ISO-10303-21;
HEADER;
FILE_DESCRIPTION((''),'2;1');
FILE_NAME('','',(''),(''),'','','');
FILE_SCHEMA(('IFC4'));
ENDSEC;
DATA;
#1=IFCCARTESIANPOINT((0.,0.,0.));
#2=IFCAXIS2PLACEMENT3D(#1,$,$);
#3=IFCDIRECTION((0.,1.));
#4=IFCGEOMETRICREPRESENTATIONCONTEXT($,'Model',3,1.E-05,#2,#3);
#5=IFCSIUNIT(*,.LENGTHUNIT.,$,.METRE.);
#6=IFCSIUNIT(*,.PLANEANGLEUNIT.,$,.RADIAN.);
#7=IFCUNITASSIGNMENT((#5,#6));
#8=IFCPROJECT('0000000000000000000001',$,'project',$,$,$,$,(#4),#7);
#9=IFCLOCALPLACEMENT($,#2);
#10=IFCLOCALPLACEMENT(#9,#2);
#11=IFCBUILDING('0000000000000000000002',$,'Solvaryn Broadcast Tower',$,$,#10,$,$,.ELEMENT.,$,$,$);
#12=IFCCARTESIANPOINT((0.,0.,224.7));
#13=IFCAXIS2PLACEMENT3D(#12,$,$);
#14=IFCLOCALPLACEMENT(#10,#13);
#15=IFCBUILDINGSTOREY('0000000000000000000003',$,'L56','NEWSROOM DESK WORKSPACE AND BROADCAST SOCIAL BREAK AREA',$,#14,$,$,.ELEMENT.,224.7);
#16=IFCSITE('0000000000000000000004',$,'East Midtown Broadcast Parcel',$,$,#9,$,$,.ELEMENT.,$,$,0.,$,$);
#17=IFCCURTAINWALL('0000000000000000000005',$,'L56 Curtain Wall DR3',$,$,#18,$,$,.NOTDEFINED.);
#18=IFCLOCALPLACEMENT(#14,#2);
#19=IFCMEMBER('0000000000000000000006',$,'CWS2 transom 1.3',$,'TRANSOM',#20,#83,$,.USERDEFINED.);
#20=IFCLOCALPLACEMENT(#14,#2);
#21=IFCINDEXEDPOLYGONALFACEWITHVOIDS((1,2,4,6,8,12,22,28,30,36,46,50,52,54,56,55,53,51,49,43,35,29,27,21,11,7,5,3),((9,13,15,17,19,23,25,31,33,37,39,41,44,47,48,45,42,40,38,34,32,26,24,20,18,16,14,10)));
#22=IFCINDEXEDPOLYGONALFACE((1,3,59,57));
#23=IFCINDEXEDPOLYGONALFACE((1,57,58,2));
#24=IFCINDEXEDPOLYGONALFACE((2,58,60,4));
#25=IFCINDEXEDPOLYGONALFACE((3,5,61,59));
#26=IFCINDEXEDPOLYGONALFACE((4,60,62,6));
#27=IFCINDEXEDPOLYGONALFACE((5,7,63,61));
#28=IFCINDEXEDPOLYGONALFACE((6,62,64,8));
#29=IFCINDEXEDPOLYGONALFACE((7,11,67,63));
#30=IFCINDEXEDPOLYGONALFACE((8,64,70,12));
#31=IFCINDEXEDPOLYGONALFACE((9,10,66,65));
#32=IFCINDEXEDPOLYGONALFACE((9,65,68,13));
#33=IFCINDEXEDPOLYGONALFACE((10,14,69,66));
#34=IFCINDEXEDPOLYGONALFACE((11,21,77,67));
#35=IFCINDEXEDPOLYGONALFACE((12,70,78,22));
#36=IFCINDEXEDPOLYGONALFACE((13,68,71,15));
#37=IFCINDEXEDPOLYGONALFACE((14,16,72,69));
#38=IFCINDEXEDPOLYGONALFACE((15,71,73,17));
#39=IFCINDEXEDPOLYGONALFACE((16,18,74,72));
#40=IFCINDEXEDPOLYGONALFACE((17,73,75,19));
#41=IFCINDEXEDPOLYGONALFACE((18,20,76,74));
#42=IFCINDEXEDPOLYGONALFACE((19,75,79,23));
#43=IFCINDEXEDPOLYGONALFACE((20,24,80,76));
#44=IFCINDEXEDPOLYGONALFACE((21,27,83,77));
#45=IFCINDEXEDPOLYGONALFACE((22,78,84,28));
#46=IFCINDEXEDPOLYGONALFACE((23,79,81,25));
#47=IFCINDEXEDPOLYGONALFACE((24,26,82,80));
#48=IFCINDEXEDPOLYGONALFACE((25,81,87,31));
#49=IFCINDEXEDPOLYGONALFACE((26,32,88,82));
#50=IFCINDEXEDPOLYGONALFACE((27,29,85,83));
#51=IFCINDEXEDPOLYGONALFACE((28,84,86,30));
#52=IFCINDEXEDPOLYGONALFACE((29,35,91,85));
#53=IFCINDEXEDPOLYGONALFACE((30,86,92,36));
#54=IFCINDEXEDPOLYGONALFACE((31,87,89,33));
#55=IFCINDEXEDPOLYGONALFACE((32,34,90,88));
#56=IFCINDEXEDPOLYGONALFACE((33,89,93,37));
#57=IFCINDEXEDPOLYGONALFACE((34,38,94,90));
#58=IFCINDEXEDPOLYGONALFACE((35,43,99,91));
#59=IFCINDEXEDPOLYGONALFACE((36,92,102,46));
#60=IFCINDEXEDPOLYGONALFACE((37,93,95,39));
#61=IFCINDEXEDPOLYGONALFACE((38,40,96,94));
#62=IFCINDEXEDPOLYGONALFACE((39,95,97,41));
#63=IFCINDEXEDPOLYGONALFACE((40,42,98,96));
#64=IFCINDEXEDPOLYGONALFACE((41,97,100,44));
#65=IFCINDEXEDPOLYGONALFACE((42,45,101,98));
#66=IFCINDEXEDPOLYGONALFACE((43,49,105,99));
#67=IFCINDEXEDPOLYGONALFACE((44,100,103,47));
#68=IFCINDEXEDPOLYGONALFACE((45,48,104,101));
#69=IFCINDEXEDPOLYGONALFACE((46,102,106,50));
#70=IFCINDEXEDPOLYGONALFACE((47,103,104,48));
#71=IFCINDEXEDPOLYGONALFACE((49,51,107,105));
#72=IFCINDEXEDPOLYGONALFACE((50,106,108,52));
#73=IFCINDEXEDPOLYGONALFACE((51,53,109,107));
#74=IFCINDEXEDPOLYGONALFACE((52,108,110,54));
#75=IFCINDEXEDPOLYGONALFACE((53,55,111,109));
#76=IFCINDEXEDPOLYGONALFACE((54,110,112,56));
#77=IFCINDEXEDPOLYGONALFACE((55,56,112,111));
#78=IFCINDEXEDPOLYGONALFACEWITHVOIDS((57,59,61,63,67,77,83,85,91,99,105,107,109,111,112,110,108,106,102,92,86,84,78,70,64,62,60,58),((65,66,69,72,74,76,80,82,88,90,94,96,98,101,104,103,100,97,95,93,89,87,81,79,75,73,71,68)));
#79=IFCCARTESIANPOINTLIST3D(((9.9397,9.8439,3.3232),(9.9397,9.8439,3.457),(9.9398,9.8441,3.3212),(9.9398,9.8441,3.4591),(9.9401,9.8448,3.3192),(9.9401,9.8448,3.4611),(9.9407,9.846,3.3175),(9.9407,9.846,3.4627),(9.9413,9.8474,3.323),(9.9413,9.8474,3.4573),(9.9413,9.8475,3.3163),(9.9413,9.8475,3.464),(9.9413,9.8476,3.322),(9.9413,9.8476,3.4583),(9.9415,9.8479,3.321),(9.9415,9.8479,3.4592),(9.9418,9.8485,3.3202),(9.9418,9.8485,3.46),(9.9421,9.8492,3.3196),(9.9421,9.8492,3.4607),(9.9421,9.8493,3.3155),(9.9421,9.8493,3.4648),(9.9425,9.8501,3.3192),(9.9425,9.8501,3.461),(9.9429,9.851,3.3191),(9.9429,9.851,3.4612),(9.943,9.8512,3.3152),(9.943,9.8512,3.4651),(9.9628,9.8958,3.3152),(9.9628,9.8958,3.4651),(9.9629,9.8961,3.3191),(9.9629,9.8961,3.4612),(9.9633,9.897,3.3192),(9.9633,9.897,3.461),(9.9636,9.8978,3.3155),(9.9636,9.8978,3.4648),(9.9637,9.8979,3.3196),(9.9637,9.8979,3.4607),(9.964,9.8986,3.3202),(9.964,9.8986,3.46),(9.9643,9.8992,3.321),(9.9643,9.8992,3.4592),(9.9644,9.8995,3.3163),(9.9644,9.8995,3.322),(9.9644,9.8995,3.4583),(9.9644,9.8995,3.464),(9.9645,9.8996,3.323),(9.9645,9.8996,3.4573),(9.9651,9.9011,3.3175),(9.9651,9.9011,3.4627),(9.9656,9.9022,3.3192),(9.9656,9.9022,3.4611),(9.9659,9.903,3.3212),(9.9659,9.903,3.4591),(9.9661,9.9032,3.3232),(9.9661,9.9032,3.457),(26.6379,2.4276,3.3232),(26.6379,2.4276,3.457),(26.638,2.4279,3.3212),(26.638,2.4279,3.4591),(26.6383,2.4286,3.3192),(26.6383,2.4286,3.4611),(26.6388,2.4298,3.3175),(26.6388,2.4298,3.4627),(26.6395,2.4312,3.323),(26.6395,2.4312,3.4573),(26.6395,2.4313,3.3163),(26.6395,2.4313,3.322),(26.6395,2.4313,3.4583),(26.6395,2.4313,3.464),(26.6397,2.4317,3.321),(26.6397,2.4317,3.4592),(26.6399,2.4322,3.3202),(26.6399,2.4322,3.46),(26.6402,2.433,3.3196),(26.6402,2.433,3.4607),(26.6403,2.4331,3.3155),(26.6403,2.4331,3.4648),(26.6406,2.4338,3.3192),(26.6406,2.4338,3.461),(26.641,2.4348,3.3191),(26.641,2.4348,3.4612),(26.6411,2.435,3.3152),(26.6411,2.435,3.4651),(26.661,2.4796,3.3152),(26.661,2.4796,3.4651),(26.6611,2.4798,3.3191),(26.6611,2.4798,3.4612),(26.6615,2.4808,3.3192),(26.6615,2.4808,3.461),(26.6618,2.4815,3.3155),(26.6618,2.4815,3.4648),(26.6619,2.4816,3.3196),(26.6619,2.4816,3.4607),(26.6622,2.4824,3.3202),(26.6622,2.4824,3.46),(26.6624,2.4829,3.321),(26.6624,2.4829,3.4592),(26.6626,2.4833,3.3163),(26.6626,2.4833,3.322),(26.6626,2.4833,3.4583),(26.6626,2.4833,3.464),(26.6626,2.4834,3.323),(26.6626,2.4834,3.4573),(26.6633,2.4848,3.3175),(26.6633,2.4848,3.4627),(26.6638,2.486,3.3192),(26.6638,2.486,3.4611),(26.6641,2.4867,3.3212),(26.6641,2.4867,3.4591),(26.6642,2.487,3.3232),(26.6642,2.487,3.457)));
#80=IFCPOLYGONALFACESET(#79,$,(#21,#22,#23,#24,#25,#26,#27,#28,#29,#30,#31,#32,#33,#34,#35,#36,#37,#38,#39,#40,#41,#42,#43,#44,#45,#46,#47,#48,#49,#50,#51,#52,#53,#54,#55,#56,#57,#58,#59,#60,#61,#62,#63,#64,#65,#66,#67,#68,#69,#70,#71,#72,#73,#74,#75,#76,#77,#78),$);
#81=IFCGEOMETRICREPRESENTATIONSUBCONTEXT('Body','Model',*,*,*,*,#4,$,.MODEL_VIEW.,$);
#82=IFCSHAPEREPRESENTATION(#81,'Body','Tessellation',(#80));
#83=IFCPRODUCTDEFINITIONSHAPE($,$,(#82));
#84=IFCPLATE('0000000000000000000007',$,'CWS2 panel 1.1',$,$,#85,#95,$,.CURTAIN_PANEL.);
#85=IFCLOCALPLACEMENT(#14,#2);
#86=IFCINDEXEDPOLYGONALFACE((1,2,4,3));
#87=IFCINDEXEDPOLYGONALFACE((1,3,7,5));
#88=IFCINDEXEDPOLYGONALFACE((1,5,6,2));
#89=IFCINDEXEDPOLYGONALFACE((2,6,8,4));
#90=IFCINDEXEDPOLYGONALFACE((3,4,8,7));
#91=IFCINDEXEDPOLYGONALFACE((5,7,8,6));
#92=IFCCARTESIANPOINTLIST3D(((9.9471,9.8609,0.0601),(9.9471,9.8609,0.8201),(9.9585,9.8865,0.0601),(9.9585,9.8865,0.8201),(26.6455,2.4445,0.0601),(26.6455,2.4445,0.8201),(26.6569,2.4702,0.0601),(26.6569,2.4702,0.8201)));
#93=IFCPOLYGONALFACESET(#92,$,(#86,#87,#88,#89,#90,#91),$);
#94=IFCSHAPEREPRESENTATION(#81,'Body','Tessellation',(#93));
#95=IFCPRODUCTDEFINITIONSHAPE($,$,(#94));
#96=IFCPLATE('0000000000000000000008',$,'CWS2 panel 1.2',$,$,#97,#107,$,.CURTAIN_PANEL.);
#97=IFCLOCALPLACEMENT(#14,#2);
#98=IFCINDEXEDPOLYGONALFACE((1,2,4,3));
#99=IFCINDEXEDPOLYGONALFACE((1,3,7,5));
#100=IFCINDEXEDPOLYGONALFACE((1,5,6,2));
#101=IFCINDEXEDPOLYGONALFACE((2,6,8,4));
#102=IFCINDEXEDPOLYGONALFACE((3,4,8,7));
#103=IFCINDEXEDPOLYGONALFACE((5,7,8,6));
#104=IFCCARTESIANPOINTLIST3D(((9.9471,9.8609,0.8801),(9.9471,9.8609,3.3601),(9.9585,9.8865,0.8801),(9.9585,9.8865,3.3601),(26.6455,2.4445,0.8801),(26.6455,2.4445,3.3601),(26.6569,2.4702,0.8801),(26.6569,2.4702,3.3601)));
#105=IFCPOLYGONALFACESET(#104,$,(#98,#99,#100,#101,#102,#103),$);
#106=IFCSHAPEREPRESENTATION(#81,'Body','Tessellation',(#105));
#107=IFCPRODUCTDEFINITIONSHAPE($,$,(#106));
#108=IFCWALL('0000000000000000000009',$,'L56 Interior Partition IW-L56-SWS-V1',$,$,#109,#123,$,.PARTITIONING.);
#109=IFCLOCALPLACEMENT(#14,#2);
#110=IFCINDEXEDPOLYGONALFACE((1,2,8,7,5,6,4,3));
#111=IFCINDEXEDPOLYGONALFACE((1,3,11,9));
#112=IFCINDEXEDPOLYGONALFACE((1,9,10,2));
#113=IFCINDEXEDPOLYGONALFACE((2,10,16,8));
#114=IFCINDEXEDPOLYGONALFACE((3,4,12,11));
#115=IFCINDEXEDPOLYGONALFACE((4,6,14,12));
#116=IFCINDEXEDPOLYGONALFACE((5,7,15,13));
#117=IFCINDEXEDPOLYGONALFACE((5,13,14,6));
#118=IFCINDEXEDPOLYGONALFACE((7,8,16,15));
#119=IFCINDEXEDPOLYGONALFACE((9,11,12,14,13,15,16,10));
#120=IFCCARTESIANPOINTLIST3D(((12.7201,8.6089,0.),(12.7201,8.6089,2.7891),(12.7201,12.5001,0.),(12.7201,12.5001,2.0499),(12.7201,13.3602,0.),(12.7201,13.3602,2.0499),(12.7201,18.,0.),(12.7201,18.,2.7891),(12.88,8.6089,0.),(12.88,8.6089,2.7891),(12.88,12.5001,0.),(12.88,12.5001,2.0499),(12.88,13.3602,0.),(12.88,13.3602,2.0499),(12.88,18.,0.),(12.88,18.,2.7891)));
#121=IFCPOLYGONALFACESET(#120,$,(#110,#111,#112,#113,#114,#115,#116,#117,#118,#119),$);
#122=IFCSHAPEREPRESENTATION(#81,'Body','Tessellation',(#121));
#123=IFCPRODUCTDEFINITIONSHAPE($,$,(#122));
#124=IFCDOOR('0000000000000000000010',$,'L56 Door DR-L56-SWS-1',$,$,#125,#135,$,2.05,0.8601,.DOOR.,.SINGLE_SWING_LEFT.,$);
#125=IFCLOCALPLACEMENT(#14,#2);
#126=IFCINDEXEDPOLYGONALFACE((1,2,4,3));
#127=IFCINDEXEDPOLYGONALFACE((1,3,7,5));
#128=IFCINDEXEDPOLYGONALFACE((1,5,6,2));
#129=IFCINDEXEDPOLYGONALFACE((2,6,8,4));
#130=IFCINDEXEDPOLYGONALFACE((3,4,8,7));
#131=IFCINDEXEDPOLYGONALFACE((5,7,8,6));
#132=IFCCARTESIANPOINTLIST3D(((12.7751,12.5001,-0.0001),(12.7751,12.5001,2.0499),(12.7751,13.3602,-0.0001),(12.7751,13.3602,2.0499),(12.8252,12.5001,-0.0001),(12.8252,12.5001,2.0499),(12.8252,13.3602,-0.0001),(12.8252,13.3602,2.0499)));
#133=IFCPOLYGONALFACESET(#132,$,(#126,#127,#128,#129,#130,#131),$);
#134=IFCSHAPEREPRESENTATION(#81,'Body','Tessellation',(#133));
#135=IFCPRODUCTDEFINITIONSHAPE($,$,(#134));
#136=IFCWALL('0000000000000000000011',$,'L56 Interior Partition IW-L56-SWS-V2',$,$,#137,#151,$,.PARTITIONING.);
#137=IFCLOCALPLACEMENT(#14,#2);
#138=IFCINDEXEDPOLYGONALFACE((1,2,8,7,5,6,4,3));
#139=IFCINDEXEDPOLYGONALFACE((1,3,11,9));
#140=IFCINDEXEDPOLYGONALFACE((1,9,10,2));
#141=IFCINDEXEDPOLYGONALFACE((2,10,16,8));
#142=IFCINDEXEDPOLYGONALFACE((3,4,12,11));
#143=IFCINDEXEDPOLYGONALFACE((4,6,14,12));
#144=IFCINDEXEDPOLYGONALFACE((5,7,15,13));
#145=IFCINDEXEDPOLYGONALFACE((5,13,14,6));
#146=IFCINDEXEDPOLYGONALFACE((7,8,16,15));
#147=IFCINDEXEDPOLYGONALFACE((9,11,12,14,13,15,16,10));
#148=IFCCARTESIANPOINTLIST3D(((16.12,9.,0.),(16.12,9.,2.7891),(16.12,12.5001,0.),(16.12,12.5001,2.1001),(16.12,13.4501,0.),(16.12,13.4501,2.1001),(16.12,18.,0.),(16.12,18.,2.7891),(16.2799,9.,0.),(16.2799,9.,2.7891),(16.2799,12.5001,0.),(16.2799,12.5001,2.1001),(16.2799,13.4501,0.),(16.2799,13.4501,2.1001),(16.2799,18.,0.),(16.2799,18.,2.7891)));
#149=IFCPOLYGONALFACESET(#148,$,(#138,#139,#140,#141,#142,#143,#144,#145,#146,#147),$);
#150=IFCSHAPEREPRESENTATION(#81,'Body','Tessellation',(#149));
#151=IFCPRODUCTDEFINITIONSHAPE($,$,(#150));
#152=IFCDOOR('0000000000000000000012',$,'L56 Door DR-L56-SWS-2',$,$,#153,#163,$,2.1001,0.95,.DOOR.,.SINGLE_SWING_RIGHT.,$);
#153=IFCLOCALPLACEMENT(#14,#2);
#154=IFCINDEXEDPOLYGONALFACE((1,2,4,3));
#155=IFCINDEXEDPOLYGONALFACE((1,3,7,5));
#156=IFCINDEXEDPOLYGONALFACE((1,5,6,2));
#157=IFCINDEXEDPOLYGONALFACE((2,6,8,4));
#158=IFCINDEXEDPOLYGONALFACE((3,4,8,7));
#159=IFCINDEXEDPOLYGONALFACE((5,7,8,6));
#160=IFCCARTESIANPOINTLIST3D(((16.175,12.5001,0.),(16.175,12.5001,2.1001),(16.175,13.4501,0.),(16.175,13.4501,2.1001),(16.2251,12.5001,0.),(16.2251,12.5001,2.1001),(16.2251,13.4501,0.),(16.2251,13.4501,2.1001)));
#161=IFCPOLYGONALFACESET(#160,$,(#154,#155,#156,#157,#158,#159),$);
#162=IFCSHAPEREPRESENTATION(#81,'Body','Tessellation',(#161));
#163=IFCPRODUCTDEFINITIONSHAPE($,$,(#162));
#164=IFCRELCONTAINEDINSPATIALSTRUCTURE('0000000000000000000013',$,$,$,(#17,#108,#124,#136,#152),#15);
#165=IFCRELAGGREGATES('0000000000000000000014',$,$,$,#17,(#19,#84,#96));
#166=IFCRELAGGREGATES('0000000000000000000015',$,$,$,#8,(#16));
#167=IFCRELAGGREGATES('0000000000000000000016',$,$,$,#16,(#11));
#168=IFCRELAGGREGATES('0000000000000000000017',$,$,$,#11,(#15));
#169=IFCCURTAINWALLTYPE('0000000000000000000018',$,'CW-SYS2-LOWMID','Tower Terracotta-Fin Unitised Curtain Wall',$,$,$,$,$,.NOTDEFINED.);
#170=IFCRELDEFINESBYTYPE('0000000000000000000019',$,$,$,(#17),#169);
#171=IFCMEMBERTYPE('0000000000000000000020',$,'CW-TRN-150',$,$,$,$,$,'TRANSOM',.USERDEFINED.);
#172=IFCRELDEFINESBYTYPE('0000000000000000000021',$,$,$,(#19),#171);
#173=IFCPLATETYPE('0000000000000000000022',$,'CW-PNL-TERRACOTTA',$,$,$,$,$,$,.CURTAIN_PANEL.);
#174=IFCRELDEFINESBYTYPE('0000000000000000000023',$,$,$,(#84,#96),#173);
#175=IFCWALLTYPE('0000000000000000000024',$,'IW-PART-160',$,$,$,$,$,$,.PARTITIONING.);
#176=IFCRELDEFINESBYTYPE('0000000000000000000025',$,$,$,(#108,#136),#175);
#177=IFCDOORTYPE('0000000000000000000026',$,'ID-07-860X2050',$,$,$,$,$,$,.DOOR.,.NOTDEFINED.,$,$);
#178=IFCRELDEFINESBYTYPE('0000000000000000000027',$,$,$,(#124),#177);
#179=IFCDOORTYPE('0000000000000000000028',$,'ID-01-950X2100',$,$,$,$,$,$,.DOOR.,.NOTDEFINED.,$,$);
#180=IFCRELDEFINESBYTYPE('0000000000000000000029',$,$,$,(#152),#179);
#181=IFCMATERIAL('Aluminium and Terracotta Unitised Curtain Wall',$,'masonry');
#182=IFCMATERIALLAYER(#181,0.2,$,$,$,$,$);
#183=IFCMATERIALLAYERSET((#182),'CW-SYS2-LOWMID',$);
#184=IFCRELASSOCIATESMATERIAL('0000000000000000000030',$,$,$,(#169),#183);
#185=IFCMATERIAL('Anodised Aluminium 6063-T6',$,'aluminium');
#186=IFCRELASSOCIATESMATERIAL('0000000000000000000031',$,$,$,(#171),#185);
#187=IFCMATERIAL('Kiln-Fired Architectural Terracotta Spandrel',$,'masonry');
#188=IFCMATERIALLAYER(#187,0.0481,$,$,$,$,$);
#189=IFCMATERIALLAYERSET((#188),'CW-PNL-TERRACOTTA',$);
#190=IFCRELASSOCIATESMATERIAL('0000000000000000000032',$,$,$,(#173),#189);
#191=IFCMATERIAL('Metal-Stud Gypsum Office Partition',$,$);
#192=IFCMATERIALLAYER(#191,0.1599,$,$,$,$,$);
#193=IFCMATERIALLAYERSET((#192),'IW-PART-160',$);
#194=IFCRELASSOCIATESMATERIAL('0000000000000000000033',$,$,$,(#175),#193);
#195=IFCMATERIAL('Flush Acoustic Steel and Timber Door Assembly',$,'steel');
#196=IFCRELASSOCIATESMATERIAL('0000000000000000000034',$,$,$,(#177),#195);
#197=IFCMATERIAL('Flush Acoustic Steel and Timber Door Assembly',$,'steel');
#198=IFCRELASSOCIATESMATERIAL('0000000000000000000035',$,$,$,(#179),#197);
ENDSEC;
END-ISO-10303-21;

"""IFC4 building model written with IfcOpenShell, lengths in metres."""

from ifc_helpers import new_model, si_unit, direction, frame, frame_2d, origin, origin_2d, place, context, subcontext, project, spatial, rectangle, hollow_rectangle, extrude, material, layer, layer_set, material_profile, profile_set, type_object, element, fill, aggregate, save


model = new_model("IFC4")

# Units and contexts
model_context = context("Model", 3, precision=1e-05, world=origin(), true_north=direction((0.0, 1.0)))
body_context = subcontext(model_context, "Body", "Model", "MODEL_VIEW")
ifc_project = project(units=[si_unit("LENGTHUNIT", "METRE"), si_unit("PLANEANGLEUNIT", "RADIAN")], contexts=[model_context])

# Site, building, storey
site_placement = place(None, origin())
site = spatial("IfcSite", under=ifc_project, at=site_placement, Name="East Midtown Broadcast Parcel", CompositionType="ELEMENT", RefElevation=0.0)
building_placement = place(site_placement, origin())
building = spatial("IfcBuilding", under=site, at=building_placement, Name="Solvaryn Broadcast Tower", CompositionType="ELEMENT")
storey_placement = place(building_placement, frame((0.0, 0.0, 224.7)))
storey = spatial("IfcBuildingStorey", under=building, at=storey_placement, Name="L56", Description="NEWSROOM DESK WORKSPACE AND BROADCAST SOCIAL BREAK AREA", CompositionType="ELEMENT", Elevation=224.7)

# Curtain wall, member, plates
ifc_material_1 = material(Name="Aluminium and Terracotta Unitised Curtain Wall", Category="masonry")
ifc_layer_1 = layer(ifc_material_1, 0.2)
ifc_layer_set_1 = layer_set([ifc_layer_1], Name="CW-SYS2-LOWMID")
curtain_wall_type = type_object("IfcCurtainWallType", Name="CW-SYS2-LOWMID", Description="Tower Terracotta-Fin Unitised Curtain Wall", PredefinedType="NOTDEFINED", material=ifc_layer_set_1)
curtain_wall_placement = place(storey_placement, origin())
curtain_wall = element("IfcCurtainWall", 1, at=curtain_wall_placement, inside=storey, type_object=curtain_wall_type, Name="L56 Curtain Wall DR3", PredefinedType="NOTDEFINED")
ifc_material_2 = material(Name="Anodised Aluminium 6063-T6", Category="aluminium")
ifc_material_profile_1 = material_profile(ifc_material_2, hollow_rectangle(XDim=0.0649, YDim=0.1499, WallThickness=0.0039, InnerFilletRadius=0.0039, OuterFilletRadius=0.0081, at=origin_2d()))
ifc_profile_set_1 = profile_set([ifc_material_profile_1], Name="Anodised Aluminium 6063-T6")
member_type = type_object("IfcMemberType", Name="CW-TRN-150", ElementType="TRANSOM", PredefinedType="USERDEFINED", material=ifc_profile_set_1)
member_1_placement = place(storey_placement, frame((9.9529, 9.8735, 3.3901), z_axis=(0.913917, -0.405902, 0.0), x_axis=(0.405902, 0.913917, 0.0)))
member_1 = element("IfcMember", 2, at=member_1_placement, type_object=member_type, Name="CWS2 transom 1.3", ObjectType="TRANSOM", PredefinedType="USERDEFINED", context=body_context, shape_type="SweptSolid", body=[
    extrude(hollow_rectangle(XDim=0.0649, YDim=0.1499, WallThickness=0.0039, InnerFilletRadius=0.0039, OuterFilletRadius=0.0081, at=origin_2d()), origin(), (0.0, 0.0, 1.0), 18.271),
])
ifc_material_3 = material(Name="Kiln-Fired Architectural Terracotta Spandrel", Category="masonry")
ifc_layer_2 = layer(ifc_material_3, 0.0481)
ifc_layer_set_2 = layer_set([ifc_layer_2], Name="CW-PNL-TERRACOTTA")
plate_type = type_object("IfcPlateType", Name="CW-PNL-TERRACOTTA", PredefinedType="CURTAIN_PANEL", material=ifc_layer_set_2)
plate_1_placement = place(storey_placement, frame((18.302, 6.1655, 0.0601), z_axis=(0.0, 0.0, 1.0), x_axis=(0.913917, -0.405901, 0.0)))
plate_1 = element("IfcPlate", 3, at=plate_1_placement, type_object=plate_type, Name="CWS2 panel 1.1", PredefinedType="CURTAIN_PANEL", context=body_context, shape_type="SweptSolid", body=[
    extrude(rectangle(XDim=18.2712, YDim=0.0281, at=origin_2d()), origin(), (0.0, 0.0, 1.0), 0.76),
])
plate_2_placement = place(storey_placement, frame((18.302, 6.1655, 0.8801), z_axis=(0.0, 0.0, 1.0), x_axis=(0.913917, -0.405901, 0.0)))
plate_2 = element("IfcPlate", 4, at=plate_2_placement, type_object=plate_type, Name="CWS2 panel 1.2", PredefinedType="CURTAIN_PANEL", context=body_context, shape_type="SweptSolid", body=[
    extrude(rectangle(XDim=18.2712, YDim=0.0281, at=origin_2d()), origin(), (0.0, 0.0, 1.0), 2.48),
])
aggregate(curtain_wall, [member_1, plate_1, plate_2])

# Walls, openings, doors
ifc_material_4 = material(Name="Metal-Stud Gypsum Office Partition")
ifc_layer_3 = layer(ifc_material_4, 0.1599)
ifc_layer_set_3 = layer_set([ifc_layer_3], Name="IW-PART-160")
wall_type = type_object("IfcWallType", Name="IW-PART-160", PredefinedType="PARTITIONING", material=ifc_layer_set_3)
wall_1_placement = place(storey_placement, frame((12.8, 8.6089, 0.0), z_axis=(0.0, 0.0, 1.0), x_axis=(0.0, 1.0, 0.0)))
wall_1 = element("IfcWall", 5, at=wall_1_placement, inside=storey, type_object=wall_type, Name="L56 Interior Partition IW-L56-SWS-V1", PredefinedType="PARTITIONING", context=body_context, shape_type="SweptSolid", body=[
    extrude(rectangle(XDim=9.3911, YDim=0.1599, at=frame_2d((4.6956, 0.0))), origin(), (0.0, 0.0, 1.0), 2.7891),
])
opening_1_placement = place(wall_1_placement, frame((3.8911, 0.0, 0.0)))
opening_1 = element("IfcOpeningElement", 6, at=opening_1_placement, cuts=wall_1, PredefinedType="OPENING", context=body_context, shape_type="SweptSolid", body=[
    extrude(rectangle(XDim=0.8601, YDim=2.05, at=frame_2d((0.4302, 1.0249))), frame((0.0, 0.0901, 0.0), z_axis=(0.0, -1.0, 0.0), x_axis=(1.0, 0.0, 0.0)), (0.0, 0.0, 1.0), 0.1799),
])
ifc_material_5 = material(Name="Flush Acoustic Steel and Timber Door Assembly", Category="steel")
door_type_1 = type_object("IfcDoorType", Name="ID-07-860X2050", OperationType="NOTDEFINED", PredefinedType="DOOR", material=ifc_material_5)
door_1_placement = place(opening_1_placement, origin())
door_1 = element("IfcDoor", 7, at=door_1_placement, inside=storey, type_object=door_type_1, Name="L56 Door DR-L56-SWS-1", OperationType="SINGLE_SWING_LEFT", OverallHeight=2.05, OverallWidth=0.8601, PredefinedType="DOOR", context=body_context, shape_type="SweptSolid", body=[
    extrude(rectangle(XDim=0.8601, YDim=2.05, at=frame_2d((0.4302, 1.0249))), frame((0.0, 0.0249, 0.0), z_axis=(0.0, -1.0, 0.0), x_axis=(1.0, 0.0, 0.0)), (0.0, 0.0, 1.0), 0.05),
])
fill(opening_1, door_1)
wall_2_placement = place(storey_placement, frame((16.2, 9.0, 0.0), z_axis=(0.0, 0.0, 1.0), x_axis=(0.0, 1.0, 0.0)))
wall_2 = element("IfcWall", 8, at=wall_2_placement, inside=storey, type_object=wall_type, Name="L56 Interior Partition IW-L56-SWS-V2", PredefinedType="PARTITIONING", context=body_context, shape_type="SweptSolid", body=[
    extrude(rectangle(XDim=9.0, YDim=0.1599, at=frame_2d((4.5, 0.0))), origin(), (0.0, 0.0, 1.0), 2.7891),
])
opening_2_placement = place(wall_2_placement, frame((3.5, 0.0, 0.0)))
opening_2 = element("IfcOpeningElement", 9, at=opening_2_placement, cuts=wall_2, PredefinedType="OPENING", context=body_context, shape_type="SweptSolid", body=[
    extrude(rectangle(XDim=0.95, YDim=2.1001, at=frame_2d((0.4751, 1.05))), frame((0.0, 0.0901, 0.0), z_axis=(0.0, -1.0, 0.0), x_axis=(1.0, 0.0, 0.0)), (0.0, 0.0, 1.0), 0.1799),
])
ifc_material_6 = material(Name="Flush Acoustic Steel and Timber Door Assembly", Category="steel")
door_type_2 = type_object("IfcDoorType", Name="ID-01-950X2100", OperationType="NOTDEFINED", PredefinedType="DOOR", material=ifc_material_6)
door_2_placement = place(opening_2_placement, origin())
door_2 = element("IfcDoor", 10, at=door_2_placement, inside=storey, type_object=door_type_2, Name="L56 Door DR-L56-SWS-2", OperationType="SINGLE_SWING_RIGHT", OverallHeight=2.1001, OverallWidth=0.95, PredefinedType="DOOR", context=body_context, shape_type="SweptSolid", body=[
    extrude(rectangle(XDim=0.95, YDim=2.1001, at=frame_2d((0.4751, 1.05))), frame((0.0, 0.0249, 0.0), z_axis=(0.0, -1.0, 0.0), x_axis=(1.0, 0.0, 0.0)), (0.0, 0.0, 1.0), 0.05),
])
fill(opening_2, door_2)

save(model, "model.ifc")
